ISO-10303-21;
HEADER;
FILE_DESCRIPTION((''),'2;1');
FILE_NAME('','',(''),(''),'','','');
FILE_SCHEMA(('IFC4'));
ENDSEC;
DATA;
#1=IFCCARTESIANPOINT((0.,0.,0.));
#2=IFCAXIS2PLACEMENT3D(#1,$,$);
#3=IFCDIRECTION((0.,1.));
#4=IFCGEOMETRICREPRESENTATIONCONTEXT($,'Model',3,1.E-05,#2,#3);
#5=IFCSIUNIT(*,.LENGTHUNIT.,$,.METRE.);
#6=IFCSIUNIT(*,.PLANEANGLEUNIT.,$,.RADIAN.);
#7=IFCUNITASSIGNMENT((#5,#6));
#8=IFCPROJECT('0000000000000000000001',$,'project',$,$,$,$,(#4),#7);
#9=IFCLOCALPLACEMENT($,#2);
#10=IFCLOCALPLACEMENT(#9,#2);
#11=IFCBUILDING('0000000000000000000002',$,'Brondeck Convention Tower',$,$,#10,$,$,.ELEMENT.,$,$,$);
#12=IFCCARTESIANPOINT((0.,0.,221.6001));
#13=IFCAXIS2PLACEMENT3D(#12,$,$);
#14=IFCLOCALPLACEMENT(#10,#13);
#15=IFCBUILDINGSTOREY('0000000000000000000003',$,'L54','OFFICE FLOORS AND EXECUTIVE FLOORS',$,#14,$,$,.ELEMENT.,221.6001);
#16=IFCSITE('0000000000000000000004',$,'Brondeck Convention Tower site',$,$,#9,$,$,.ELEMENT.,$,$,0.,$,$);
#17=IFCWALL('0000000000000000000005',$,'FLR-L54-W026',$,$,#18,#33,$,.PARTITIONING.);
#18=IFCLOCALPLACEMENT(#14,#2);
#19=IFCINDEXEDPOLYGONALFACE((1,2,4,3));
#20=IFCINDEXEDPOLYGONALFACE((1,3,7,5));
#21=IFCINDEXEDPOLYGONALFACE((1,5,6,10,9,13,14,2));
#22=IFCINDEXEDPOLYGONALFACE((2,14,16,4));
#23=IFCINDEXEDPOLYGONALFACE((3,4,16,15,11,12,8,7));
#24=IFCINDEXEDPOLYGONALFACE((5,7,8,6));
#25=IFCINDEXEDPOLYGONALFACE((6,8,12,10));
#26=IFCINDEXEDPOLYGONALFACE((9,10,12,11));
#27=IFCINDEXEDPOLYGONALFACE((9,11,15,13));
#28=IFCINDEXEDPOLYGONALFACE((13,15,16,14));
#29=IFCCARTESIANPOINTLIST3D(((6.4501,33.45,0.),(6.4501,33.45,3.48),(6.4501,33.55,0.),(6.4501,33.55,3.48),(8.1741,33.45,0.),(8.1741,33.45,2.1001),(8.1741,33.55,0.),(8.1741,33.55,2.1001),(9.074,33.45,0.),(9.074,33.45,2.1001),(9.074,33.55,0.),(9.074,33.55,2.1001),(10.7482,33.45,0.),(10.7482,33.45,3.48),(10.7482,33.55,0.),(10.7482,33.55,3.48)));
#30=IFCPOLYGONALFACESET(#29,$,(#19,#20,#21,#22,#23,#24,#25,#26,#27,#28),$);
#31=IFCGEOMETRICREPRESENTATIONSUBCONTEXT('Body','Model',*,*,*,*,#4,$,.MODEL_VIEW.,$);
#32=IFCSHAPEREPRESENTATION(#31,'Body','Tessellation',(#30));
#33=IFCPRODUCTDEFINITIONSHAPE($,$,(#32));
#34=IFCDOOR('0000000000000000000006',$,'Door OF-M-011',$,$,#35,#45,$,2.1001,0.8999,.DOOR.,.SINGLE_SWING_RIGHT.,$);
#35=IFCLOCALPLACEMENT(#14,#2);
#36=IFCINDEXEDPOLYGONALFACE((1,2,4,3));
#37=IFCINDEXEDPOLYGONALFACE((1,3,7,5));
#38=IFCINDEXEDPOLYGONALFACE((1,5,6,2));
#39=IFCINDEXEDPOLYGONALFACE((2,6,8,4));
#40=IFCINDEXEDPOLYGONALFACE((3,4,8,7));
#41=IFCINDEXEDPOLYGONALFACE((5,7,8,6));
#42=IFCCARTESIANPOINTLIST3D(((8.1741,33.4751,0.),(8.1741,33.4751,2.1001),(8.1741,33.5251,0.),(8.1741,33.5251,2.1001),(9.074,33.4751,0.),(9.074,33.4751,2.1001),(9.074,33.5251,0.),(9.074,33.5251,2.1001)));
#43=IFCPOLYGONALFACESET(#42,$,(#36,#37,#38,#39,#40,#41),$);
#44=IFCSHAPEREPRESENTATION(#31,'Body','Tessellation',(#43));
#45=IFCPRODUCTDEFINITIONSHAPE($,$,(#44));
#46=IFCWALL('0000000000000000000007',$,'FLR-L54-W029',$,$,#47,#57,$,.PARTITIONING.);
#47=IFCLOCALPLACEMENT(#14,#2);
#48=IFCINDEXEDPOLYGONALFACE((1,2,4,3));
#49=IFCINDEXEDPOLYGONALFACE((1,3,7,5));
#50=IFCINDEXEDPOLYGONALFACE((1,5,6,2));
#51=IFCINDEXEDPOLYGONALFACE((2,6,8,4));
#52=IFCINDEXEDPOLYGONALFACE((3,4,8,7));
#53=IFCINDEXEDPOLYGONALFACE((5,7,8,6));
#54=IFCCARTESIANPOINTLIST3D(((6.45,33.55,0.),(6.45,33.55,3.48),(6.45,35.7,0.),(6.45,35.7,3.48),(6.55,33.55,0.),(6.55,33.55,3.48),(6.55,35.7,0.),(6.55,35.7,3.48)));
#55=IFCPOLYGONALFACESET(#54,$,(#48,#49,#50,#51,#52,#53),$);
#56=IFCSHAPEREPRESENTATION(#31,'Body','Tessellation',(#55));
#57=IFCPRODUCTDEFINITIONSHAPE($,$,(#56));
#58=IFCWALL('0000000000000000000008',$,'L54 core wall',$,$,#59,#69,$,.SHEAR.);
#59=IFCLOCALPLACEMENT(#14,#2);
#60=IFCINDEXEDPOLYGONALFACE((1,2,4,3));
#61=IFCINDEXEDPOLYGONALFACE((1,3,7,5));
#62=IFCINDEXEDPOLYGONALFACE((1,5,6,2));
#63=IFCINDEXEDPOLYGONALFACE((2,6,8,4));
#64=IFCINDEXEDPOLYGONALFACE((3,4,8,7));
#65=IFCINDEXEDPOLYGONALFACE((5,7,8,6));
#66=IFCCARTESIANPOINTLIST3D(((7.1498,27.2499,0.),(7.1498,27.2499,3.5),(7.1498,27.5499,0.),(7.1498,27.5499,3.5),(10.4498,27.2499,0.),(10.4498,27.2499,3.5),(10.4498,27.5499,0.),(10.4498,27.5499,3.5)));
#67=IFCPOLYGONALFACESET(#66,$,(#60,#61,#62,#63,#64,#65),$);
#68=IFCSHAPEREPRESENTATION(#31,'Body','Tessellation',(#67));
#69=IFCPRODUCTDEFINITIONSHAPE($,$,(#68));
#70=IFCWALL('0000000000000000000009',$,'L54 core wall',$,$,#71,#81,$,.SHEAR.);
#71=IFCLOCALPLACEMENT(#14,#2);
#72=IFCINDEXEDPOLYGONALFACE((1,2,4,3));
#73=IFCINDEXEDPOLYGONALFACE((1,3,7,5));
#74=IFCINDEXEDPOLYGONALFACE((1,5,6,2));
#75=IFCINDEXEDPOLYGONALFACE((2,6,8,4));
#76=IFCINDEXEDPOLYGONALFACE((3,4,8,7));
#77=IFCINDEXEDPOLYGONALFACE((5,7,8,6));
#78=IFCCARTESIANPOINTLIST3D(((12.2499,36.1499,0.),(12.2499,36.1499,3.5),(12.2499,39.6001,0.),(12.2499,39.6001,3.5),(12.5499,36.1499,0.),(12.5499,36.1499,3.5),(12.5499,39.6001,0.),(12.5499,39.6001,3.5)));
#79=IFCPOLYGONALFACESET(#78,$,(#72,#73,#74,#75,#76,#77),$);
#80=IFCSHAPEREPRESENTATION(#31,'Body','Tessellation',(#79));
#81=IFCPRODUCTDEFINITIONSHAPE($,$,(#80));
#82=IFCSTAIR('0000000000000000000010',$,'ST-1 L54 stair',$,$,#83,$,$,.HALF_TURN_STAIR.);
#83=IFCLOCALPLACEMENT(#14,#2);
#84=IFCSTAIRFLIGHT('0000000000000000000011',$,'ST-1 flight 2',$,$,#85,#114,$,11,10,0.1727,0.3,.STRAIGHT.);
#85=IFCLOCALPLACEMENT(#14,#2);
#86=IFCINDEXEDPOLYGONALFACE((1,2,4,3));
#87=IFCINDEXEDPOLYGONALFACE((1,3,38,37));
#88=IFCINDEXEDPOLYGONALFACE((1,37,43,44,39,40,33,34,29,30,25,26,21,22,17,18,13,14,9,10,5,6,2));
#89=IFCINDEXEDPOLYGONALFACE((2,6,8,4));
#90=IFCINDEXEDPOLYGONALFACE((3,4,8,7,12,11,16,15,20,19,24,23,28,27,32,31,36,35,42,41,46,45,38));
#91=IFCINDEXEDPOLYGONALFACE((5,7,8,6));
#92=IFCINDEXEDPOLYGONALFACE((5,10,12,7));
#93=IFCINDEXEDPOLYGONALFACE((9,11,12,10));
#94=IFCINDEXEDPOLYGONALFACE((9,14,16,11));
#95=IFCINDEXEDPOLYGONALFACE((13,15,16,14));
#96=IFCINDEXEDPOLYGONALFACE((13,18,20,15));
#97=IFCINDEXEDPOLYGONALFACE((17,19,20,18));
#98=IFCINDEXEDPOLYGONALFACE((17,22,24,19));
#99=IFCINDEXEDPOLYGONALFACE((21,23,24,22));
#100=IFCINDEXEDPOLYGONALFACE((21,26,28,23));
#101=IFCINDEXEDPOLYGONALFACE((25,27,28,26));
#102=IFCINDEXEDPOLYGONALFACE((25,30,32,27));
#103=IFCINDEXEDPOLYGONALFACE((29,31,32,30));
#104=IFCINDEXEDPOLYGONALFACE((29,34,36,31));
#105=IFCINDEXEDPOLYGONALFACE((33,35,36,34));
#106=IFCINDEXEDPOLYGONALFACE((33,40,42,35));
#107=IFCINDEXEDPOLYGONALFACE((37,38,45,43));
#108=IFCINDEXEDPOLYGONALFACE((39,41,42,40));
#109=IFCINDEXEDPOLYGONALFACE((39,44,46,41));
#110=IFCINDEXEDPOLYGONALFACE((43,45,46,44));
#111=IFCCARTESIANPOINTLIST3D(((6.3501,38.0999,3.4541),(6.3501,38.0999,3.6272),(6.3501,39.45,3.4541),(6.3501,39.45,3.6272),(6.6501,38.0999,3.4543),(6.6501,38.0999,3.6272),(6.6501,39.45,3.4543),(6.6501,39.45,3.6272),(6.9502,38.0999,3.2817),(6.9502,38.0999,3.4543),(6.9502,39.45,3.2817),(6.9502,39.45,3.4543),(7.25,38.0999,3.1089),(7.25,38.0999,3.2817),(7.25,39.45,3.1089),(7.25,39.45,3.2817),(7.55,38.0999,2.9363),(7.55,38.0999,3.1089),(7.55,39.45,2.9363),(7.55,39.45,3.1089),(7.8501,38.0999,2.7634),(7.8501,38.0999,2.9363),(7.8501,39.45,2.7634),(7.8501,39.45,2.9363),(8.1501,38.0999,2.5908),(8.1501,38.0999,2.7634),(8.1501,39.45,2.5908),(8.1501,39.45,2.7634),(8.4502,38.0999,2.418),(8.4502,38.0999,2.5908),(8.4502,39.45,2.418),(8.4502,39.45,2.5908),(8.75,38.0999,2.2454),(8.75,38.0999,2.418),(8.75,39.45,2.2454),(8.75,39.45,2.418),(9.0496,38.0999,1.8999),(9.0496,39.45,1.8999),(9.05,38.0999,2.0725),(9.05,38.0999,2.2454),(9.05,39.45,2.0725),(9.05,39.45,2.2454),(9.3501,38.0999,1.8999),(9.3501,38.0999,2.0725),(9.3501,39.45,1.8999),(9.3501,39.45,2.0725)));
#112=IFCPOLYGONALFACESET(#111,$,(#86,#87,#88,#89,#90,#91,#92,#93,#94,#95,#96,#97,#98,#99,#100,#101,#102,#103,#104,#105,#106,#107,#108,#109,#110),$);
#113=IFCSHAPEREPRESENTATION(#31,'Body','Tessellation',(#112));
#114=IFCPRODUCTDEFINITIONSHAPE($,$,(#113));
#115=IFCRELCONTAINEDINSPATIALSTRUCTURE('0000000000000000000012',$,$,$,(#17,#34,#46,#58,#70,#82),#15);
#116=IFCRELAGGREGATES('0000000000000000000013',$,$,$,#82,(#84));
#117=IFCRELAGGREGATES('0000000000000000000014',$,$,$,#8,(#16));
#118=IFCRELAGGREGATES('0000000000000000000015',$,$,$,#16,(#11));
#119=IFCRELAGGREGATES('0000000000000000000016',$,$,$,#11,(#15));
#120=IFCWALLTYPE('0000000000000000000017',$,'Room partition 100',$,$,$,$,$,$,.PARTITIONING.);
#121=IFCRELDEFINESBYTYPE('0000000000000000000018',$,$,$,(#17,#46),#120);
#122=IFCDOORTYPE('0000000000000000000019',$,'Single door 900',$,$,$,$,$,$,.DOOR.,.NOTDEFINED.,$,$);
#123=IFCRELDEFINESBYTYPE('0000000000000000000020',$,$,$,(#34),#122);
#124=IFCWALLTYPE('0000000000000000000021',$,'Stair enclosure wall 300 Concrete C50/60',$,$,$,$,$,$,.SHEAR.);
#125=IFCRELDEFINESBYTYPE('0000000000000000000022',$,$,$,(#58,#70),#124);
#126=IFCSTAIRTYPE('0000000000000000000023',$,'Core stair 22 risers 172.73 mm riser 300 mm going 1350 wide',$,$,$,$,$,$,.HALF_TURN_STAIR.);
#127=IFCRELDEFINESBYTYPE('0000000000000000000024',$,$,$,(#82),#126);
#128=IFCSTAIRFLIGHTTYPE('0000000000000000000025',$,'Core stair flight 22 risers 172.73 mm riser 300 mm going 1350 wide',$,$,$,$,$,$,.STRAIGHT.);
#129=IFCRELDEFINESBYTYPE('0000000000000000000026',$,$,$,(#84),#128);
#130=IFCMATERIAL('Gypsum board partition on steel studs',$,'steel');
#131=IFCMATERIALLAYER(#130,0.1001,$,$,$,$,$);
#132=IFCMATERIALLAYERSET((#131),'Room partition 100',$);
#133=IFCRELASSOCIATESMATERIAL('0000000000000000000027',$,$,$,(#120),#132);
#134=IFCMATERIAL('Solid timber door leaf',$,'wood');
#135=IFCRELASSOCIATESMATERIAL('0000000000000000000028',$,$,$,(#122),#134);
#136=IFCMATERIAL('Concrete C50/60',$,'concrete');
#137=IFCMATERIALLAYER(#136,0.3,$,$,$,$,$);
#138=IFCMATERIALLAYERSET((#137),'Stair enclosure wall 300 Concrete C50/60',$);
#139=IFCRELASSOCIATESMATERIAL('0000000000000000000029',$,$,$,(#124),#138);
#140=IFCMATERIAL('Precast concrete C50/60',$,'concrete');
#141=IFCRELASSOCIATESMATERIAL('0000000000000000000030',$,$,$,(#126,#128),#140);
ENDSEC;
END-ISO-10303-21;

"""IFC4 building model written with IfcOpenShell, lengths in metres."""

from ifc_helpers import new_model, si_unit, direction, frame, frame_2d, origin, place, context, subcontext, project, spatial, polyline, rectangle, outline, extrude, material, layer, layer_set, type_object, element, fill, aggregate, save


model = new_model("IFC4")

# Units and contexts
model_context = context("Model", 3, precision=1e-05, world=origin(), true_north=direction((0.0, 1.0)))
body_context = subcontext(model_context, "Body", "Model", "MODEL_VIEW")
ifc_project = project(units=[si_unit("LENGTHUNIT", "METRE"), si_unit("PLANEANGLEUNIT", "RADIAN")], contexts=[model_context])

# Site, building, storey
site_placement = place(None, origin())
site = spatial("IfcSite", under=ifc_project, at=site_placement, Name="Brondeck Convention Tower site", CompositionType="ELEMENT", RefElevation=0.0)
building_placement = place(site_placement, origin())
building = spatial("IfcBuilding", under=site, at=building_placement, Name="Brondeck Convention Tower", CompositionType="ELEMENT")
storey_placement = place(building_placement, frame((0.0, 0.0, 221.6001)))
storey = spatial("IfcBuildingStorey", under=building, at=storey_placement, Name="L54", Description="OFFICE FLOORS AND EXECUTIVE FLOORS", CompositionType="ELEMENT", Elevation=221.6001)

# Shared definitions
ifc_material_1 = material(Name="Concrete C50/60", Category="concrete")

# Shared definitions
ifc_material_2 = material(Name="Gypsum board partition on steel studs", Category="steel")
ifc_layer_1 = layer(ifc_material_2, 0.1001)
ifc_layer_set_1 = layer_set([ifc_layer_1], Name="Room partition 100")
wall_type_1 = type_object("IfcWallType", Name="Room partition 100", PredefinedType="PARTITIONING", material=ifc_layer_set_1)

# Wall, opening, door
wall_1_placement = place(storey_placement, frame((10.748, 33.5, 0.0), z_axis=(0.0, 0.0, 1.0), x_axis=(-1.0, 0.0, 0.0)))
wall_1 = element("IfcWall", 1, at=wall_1_placement, inside=storey, type_object=wall_type_1, Name="FLR-L54-W026", PredefinedType="PARTITIONING", context=body_context, shape_type="SweptSolid", body=[
    extrude(rectangle(XDim=4.2981, YDim=0.1001, at=frame_2d((2.1489, 0.0))), origin(), (0.0, 0.0, 1.0), 3.48),
])
opening_1_placement = place(wall_1_placement, frame((1.6741, 0.0, 0.0)))
opening_1 = element("IfcOpeningElement", 2, at=opening_1_placement, cuts=wall_1, PredefinedType="OPENING", context=body_context, shape_type="SweptSolid", body=[
    extrude(rectangle(XDim=0.8999, YDim=2.1001, at=frame_2d((0.45, 1.05))), frame((0.0, 0.0601, 0.0), z_axis=(0.0, -1.0, 0.0), x_axis=(1.0, 0.0, 0.0)), (0.0, 0.0, 1.0), 0.1201),
])
ifc_material_3 = material(Name="Solid timber door leaf", Category="wood")
door_type_1 = type_object("IfcDoorType", Name="Single door 900", OperationType="NOTDEFINED", PredefinedType="DOOR", material=ifc_material_3)
door_1_placement = place(opening_1_placement, origin())
door_1 = element("IfcDoor", 3, at=door_1_placement, inside=storey, type_object=door_type_1, Name="Door OF-M-011", OperationType="SINGLE_SWING_RIGHT", OverallHeight=2.1001, OverallWidth=0.8999, PredefinedType="DOOR", context=body_context, shape_type="SweptSolid", body=[
    extrude(rectangle(XDim=0.8999, YDim=2.1001, at=frame_2d((0.45, 1.05))), frame((0.0, 0.0249, 0.0), z_axis=(0.0, -1.0, 0.0), x_axis=(1.0, 0.0, 0.0)), (0.0, 0.0, 1.0), 0.05),
])
fill(opening_1, door_1)

# Walls
wall_2_placement = place(storey_placement, frame((6.5, 33.55, 0.0), z_axis=(0.0, 0.0, 1.0), x_axis=(0.0, 1.0, 0.0)))
element("IfcWall", 4, at=wall_2_placement, inside=storey, type_object=wall_type_1, Name="FLR-L54-W029", PredefinedType="PARTITIONING", context=body_context, shape_type="SweptSolid", body=[
    extrude(rectangle(XDim=2.1499, YDim=0.1001, at=frame_2d((1.075, 0.0))), origin(), (0.0, 0.0, 1.0), 3.48),
])
ifc_layer_2 = layer(ifc_material_1, 0.3)
ifc_layer_set_2 = layer_set([ifc_layer_2], Name="Stair enclosure wall 300 Concrete C50/60")
wall_type_2 = type_object("IfcWallType", Name="Stair enclosure wall 300 Concrete C50/60", PredefinedType="SHEAR", material=ifc_layer_set_2)
wall_3_placement = place(storey_placement, frame((7.1499, 27.3999, 0.0), z_axis=(0.0, 0.0, 1.0), x_axis=(1.0, 0.0, 0.0)))
element("IfcWall", 5, at=wall_3_placement, inside=storey, type_object=wall_type_2, Name="L54 core wall", PredefinedType="SHEAR", context=body_context, shape_type="SweptSolid", body=[
    extrude(rectangle(XDim=3.3, YDim=0.3, at=frame_2d((1.6499, 0.0))), origin(), (0.0, 0.0, 1.0), 3.5),
])
wall_4_placement = place(storey_placement, frame((12.3999, 36.1499, 0.0), z_axis=(0.0, 0.0, 1.0), x_axis=(0.0, 1.0, 0.0)))
element("IfcWall", 6, at=wall_4_placement, inside=storey, type_object=wall_type_2, Name="L54 core wall", PredefinedType="SHEAR", context=body_context, shape_type="SweptSolid", body=[
    extrude(rectangle(XDim=3.4502, YDim=0.3, at=frame_2d((1.7251, 0.0))), origin(), (0.0, 0.0, 1.0), 3.5),
])

# Stair, stair flight
ifc_material_4 = material(Name="Precast concrete C50/60", Category="concrete")
stair_type = type_object("IfcStairType", Name="Core stair 22 risers 172.73 mm riser 300 mm going 1350 wide", PredefinedType="HALF_TURN_STAIR", material=ifc_material_4)
stair_placement = place(storey_placement, origin())
stair = element("IfcStair", 7, at=stair_placement, inside=storey, type_object=stair_type, Name="ST-1 L54 stair", PredefinedType="HALF_TURN_STAIR")
stair_flight_type = type_object("IfcStairFlightType", Name="Core stair flight 22 risers 172.73 mm riser 300 mm going 1350 wide", PredefinedType="STRAIGHT", material=ifc_material_4)
stair_flight_placement = place(storey_placement, frame((9.3501, 38.7749, 1.8999), z_axis=(0.0, 0.0, 1.0), x_axis=(-1.0, 0.0, 0.0)))
stair_flight = element("IfcStairFlight", 8, at=stair_flight_placement, type_object=stair_flight_type, Name="ST-1 flight 2", NumberOfRisers=11, NumberOfTreads=10, PredefinedType="STRAIGHT", RiserHeight=0.1727, TreadLength=0.3, context=body_context, shape_type="SweptSolid", body=[
    extrude(outline(polyline([(0.0, 0.0), (0.0, 0.1726), (0.3, 0.1726), (0.3, 0.3455), (0.6001, 0.3455), (0.6001, 0.5181), (0.8999, 0.5181), (0.8999, 0.6909), (1.2, 0.6909), (1.2, 0.8635), (1.5, 0.8635), (1.5, 1.0364), (1.8, 1.0364), (1.8, 1.209), (2.1001, 1.209), (2.1001, 1.3818), (2.3999, 1.3818), (2.3999, 1.5544), (2.7, 1.5544), (2.7, 1.7273), (3.0, 1.7273), (3.0, 1.8999), (3.0, 1.5542), (0.3005, 0.0), (0.0, 0.0)])), frame((0.0, 0.675, 0.0), z_axis=(0.0, -1.0, 0.0), x_axis=(1.0, 0.0, 0.0)), (0.0, 0.0, 1.0), 1.3501),
])
aggregate(stair, [stair_flight])

save(model, "model.ifc")
